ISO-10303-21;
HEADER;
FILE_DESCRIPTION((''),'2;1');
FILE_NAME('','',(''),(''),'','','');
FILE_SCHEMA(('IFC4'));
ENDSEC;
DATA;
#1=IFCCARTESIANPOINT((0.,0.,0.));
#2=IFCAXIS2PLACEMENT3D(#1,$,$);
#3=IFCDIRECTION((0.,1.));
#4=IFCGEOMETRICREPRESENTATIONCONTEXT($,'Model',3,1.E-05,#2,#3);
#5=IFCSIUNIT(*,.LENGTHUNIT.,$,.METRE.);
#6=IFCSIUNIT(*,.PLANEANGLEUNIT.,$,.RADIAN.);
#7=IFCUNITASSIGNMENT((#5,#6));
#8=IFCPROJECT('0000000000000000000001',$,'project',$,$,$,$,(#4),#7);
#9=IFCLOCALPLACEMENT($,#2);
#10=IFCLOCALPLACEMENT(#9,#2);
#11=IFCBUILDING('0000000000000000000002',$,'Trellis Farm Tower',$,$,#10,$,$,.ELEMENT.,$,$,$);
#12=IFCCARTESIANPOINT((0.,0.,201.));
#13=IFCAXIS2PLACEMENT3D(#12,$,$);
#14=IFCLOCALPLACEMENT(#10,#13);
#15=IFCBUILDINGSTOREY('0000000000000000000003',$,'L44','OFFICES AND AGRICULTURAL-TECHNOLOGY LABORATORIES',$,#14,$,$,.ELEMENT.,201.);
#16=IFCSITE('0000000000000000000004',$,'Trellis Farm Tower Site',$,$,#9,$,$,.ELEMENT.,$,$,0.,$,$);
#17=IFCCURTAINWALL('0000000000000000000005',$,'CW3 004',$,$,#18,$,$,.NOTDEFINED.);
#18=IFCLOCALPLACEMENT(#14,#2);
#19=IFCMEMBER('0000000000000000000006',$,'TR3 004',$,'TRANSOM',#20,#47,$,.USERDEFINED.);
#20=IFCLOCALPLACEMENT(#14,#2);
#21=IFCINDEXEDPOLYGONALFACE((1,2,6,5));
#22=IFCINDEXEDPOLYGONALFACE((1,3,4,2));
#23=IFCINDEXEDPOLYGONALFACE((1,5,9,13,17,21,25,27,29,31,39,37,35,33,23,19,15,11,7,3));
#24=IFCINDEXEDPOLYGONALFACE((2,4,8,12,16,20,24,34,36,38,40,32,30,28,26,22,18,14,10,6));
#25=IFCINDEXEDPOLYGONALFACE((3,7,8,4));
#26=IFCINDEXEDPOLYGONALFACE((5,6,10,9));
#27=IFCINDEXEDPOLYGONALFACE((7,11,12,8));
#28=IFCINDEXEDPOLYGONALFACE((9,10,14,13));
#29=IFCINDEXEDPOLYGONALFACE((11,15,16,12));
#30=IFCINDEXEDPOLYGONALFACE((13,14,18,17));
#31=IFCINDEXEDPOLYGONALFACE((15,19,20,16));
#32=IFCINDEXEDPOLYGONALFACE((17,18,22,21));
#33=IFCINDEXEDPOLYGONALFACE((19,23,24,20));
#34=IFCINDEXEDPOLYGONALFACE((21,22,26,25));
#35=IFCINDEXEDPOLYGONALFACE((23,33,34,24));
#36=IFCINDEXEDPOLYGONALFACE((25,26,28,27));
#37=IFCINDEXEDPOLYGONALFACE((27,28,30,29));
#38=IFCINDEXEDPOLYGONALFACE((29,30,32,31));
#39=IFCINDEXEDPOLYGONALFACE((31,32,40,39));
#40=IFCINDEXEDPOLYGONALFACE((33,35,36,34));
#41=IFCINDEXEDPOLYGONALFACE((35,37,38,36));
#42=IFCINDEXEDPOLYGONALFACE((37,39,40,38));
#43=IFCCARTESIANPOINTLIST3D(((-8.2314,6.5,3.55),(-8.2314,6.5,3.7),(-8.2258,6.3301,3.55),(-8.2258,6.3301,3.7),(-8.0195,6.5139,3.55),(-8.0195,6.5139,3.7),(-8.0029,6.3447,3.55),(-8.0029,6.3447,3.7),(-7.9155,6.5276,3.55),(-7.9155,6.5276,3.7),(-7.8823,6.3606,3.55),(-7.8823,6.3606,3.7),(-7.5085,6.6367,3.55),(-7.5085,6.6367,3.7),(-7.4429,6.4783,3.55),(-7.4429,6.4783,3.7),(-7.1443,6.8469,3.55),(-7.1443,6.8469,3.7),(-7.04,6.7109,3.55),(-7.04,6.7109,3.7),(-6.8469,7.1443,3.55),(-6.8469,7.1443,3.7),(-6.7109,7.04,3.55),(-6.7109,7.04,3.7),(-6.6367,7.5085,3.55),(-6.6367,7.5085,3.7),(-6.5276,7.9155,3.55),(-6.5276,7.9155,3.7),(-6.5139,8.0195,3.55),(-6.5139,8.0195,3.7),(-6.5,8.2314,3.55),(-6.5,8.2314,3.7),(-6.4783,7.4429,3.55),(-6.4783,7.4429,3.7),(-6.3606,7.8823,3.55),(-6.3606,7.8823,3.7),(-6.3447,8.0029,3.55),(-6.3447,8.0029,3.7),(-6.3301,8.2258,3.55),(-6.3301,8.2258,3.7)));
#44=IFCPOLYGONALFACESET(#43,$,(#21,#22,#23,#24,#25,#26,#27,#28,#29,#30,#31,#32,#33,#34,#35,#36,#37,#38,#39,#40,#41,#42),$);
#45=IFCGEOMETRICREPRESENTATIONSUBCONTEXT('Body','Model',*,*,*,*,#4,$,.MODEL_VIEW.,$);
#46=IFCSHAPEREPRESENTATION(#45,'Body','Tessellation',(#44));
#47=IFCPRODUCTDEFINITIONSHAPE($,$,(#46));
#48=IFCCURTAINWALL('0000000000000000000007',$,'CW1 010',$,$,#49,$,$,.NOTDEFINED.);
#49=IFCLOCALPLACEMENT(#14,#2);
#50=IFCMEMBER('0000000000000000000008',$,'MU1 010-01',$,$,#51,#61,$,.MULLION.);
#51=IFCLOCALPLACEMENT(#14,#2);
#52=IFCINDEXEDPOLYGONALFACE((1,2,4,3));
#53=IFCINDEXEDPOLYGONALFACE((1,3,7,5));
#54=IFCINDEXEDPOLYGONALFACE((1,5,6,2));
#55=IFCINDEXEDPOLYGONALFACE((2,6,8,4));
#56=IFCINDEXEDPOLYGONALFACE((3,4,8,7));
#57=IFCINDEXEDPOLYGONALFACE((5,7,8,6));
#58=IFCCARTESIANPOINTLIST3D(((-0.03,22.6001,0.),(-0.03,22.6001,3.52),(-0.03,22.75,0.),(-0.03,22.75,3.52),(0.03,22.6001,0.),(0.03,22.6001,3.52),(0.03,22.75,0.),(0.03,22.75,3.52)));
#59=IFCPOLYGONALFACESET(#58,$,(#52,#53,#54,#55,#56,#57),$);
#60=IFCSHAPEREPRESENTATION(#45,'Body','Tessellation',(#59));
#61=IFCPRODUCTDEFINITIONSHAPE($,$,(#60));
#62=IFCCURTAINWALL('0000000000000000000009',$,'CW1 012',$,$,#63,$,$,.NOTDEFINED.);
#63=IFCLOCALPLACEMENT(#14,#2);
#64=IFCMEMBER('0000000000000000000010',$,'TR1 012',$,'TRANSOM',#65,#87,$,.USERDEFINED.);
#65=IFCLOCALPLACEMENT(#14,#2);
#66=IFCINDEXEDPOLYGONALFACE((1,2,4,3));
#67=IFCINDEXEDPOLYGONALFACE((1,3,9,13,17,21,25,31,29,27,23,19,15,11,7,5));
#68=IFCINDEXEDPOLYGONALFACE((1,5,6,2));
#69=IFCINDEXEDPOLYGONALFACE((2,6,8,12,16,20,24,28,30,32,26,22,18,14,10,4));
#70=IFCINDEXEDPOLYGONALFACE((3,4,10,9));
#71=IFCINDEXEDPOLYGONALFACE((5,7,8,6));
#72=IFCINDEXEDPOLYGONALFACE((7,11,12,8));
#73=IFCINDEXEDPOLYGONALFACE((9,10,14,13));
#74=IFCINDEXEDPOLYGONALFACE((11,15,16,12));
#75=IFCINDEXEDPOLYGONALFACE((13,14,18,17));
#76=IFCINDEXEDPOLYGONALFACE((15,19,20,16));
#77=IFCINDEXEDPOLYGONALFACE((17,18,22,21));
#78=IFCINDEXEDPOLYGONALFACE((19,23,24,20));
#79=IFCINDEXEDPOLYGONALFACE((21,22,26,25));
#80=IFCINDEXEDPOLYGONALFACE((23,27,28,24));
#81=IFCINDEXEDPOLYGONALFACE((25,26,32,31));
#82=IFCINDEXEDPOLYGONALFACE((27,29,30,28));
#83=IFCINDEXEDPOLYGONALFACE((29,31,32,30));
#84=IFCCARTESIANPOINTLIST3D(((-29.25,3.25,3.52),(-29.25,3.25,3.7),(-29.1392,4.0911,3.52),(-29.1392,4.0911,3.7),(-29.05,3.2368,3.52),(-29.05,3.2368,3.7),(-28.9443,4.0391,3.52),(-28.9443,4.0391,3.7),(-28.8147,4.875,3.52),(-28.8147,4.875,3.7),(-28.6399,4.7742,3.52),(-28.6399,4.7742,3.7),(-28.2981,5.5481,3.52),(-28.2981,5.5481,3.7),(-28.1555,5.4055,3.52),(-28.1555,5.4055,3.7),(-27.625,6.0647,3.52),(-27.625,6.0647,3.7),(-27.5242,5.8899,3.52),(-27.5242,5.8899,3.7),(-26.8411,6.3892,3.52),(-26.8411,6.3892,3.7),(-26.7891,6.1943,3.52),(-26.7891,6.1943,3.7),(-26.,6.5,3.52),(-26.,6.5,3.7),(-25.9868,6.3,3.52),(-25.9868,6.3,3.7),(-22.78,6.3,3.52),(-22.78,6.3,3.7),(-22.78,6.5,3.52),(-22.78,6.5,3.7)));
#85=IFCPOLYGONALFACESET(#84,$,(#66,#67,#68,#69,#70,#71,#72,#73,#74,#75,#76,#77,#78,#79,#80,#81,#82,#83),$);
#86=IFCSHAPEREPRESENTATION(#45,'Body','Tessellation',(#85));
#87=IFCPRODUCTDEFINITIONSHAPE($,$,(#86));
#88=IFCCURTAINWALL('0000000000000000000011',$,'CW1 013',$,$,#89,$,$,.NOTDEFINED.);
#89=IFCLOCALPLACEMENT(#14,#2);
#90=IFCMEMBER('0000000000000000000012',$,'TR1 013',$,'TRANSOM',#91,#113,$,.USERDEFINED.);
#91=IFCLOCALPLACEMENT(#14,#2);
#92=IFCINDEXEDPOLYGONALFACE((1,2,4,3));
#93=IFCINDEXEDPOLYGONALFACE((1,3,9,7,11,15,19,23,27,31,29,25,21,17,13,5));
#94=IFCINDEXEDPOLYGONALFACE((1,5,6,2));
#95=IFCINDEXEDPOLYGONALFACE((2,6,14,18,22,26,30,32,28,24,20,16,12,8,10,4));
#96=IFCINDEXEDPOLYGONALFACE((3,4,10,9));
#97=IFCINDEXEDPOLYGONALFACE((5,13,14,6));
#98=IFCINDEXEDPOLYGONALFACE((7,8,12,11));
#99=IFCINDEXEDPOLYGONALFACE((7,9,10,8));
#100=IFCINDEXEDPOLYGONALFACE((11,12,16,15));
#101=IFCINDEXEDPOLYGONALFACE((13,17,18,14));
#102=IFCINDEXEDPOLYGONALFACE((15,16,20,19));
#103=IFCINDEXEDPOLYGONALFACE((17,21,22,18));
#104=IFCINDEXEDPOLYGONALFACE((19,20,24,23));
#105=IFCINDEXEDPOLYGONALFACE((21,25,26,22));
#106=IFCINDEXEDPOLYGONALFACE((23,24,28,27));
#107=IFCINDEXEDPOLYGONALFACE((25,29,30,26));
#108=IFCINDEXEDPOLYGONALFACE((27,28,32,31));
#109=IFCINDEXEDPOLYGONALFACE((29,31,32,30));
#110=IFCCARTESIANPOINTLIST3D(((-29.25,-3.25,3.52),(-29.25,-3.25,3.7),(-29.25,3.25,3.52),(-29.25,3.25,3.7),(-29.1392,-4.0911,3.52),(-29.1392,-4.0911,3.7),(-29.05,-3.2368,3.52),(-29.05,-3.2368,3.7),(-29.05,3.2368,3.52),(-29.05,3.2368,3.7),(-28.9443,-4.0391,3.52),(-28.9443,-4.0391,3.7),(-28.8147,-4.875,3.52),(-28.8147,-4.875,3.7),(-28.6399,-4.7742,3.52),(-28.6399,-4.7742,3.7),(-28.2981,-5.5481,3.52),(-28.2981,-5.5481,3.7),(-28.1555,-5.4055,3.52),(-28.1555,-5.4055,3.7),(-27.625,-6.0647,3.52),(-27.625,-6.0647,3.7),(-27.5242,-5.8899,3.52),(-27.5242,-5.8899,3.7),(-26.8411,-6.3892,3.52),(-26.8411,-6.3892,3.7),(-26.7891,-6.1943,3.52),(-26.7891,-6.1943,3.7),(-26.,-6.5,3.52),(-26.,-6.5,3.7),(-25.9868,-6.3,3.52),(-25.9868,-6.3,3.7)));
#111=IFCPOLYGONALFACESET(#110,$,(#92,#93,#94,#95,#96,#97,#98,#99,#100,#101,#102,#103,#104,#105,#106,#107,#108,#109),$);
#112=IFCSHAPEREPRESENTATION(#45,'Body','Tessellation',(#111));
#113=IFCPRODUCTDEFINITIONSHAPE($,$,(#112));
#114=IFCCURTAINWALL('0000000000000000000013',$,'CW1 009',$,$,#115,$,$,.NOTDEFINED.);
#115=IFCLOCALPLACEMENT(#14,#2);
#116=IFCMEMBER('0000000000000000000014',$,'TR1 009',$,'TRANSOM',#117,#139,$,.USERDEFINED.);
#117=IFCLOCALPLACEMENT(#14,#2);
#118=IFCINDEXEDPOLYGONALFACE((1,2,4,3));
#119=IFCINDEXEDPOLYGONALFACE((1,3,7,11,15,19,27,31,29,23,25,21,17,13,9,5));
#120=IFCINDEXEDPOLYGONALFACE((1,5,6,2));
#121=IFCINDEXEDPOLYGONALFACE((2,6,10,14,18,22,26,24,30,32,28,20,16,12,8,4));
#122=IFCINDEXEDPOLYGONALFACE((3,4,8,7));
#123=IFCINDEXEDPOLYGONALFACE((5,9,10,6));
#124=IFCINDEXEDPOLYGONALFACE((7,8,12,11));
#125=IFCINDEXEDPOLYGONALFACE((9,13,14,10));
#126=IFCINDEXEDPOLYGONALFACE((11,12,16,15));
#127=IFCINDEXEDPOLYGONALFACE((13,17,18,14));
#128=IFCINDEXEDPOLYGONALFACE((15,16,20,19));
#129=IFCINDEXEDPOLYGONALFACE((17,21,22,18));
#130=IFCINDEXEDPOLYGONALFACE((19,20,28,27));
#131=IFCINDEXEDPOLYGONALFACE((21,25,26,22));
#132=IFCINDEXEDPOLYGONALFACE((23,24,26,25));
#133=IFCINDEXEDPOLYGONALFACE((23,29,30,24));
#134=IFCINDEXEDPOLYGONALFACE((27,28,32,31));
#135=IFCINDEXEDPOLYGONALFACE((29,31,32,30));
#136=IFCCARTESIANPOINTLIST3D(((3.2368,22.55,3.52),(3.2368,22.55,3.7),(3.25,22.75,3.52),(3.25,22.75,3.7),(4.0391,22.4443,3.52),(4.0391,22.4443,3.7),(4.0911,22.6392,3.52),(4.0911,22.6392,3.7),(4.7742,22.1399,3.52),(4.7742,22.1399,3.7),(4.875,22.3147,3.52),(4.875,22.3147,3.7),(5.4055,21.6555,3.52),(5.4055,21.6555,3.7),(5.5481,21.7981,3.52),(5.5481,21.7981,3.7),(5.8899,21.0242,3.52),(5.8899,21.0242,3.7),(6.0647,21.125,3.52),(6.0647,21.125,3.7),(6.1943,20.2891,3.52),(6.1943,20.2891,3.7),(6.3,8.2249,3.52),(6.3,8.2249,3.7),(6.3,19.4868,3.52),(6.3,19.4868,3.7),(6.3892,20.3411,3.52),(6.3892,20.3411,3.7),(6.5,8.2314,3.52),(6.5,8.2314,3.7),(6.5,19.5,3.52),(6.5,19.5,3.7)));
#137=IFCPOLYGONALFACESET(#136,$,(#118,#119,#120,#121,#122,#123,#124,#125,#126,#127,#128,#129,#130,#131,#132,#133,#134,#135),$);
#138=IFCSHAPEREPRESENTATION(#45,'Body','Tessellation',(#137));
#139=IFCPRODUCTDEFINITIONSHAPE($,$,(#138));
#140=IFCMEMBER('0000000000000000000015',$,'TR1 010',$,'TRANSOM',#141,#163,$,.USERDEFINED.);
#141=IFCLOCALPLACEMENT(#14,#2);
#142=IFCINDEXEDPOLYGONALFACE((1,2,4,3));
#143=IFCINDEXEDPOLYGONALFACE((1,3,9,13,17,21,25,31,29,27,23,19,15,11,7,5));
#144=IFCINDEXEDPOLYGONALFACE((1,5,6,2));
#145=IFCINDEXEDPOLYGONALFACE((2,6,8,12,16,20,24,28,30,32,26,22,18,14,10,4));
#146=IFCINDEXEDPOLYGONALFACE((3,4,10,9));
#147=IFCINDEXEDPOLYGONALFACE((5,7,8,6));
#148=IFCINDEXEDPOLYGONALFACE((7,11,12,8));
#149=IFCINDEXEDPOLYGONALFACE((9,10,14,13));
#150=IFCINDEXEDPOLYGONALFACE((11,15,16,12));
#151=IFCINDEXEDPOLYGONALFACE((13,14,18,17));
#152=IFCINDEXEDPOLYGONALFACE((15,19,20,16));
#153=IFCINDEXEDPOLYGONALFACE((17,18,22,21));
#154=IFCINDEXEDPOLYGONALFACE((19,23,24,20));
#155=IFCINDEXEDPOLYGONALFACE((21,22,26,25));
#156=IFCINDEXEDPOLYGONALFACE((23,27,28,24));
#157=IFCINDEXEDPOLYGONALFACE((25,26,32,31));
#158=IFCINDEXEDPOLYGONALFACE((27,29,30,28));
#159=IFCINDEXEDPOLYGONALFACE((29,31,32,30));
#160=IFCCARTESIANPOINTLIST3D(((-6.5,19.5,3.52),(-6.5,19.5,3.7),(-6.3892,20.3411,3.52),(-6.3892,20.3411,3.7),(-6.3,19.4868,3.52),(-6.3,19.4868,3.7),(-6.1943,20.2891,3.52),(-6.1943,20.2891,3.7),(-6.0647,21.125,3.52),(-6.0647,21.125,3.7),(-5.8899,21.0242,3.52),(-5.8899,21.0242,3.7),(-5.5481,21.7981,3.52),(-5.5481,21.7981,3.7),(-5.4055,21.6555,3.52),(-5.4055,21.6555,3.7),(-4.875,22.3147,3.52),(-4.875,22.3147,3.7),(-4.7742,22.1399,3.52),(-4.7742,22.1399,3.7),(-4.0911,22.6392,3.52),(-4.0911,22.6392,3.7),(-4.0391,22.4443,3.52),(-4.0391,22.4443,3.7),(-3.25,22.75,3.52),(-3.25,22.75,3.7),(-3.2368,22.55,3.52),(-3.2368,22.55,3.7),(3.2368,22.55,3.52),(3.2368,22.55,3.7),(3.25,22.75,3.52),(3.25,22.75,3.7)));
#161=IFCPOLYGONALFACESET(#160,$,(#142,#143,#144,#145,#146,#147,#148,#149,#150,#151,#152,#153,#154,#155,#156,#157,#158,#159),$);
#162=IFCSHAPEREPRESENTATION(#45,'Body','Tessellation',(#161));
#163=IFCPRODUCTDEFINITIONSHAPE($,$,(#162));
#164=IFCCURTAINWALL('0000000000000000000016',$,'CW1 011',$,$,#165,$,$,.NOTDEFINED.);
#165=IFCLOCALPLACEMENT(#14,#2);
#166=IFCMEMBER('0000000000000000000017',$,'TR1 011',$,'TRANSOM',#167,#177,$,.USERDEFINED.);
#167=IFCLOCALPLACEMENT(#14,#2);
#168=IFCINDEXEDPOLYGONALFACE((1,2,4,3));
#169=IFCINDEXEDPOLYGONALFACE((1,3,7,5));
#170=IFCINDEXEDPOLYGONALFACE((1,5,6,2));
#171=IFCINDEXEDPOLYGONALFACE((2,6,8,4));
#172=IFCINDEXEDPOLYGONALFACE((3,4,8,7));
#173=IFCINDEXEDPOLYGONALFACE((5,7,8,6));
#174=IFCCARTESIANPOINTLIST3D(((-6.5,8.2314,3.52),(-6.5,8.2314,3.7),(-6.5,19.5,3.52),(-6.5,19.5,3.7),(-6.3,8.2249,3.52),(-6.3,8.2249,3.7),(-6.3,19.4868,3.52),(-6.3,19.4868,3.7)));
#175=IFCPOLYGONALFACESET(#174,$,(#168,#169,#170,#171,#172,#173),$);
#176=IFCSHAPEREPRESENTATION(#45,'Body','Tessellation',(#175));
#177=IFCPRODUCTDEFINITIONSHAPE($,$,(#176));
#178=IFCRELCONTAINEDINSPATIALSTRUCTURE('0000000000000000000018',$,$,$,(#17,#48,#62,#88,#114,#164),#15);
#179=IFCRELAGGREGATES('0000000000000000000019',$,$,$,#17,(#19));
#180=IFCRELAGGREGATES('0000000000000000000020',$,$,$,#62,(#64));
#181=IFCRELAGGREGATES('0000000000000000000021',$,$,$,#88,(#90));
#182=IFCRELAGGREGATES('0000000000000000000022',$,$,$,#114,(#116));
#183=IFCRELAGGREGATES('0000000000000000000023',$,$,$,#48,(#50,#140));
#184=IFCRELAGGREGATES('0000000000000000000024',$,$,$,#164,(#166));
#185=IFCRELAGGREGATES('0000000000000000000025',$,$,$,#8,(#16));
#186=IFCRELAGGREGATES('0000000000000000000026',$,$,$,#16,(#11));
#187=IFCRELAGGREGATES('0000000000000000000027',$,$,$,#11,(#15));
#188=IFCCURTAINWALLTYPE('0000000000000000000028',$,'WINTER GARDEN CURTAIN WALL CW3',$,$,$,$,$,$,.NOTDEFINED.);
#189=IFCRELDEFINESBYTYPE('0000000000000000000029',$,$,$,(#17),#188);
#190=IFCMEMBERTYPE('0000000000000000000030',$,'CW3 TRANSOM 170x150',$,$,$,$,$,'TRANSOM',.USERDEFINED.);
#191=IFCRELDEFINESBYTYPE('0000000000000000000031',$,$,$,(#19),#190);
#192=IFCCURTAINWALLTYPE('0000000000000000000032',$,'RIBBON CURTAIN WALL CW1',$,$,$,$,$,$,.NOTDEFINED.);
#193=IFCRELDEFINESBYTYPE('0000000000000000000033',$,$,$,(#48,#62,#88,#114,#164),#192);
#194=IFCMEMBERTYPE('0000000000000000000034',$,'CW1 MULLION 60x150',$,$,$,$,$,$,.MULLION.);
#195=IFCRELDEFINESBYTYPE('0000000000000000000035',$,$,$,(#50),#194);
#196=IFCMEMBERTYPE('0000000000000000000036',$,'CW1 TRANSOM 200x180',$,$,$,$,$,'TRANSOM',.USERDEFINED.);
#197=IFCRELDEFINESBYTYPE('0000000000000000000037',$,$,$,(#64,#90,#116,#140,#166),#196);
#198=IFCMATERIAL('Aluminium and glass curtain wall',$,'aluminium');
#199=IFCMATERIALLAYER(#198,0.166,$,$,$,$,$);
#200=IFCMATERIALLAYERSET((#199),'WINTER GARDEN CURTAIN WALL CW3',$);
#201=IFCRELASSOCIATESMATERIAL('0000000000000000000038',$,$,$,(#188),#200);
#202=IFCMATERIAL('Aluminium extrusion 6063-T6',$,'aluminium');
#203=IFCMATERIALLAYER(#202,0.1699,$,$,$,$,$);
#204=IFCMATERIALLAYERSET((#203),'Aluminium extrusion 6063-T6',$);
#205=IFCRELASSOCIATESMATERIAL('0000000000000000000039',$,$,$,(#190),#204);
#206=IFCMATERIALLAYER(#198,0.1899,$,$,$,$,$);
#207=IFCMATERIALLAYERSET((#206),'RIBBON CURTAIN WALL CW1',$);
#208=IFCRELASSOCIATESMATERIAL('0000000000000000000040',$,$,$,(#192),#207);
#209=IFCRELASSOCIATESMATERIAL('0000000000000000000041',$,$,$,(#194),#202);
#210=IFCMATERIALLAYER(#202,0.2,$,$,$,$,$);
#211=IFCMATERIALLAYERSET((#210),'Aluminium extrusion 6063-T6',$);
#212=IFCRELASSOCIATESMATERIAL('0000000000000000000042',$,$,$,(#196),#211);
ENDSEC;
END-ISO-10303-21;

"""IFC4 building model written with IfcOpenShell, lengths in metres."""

from ifc_helpers import new_model, si_unit, direction, frame, origin, origin_2d, place, context, subcontext, project, spatial, polyline, rectangle, outline, extrude, source, transform, mapped, material, layer, layer_set, material_profile, profile_set, type_object, element, aggregate, save


model = new_model("IFC4")

# Units and contexts
model_context = context("Model", 3, precision=1e-05, world=origin(), true_north=direction((0.0, 1.0)))
body_context = subcontext(model_context, "Body", "Model", "MODEL_VIEW")
ifc_project = project(units=[si_unit("LENGTHUNIT", "METRE"), si_unit("PLANEANGLEUNIT", "RADIAN")], contexts=[model_context])

# Site, building, storey
site_placement = place(None, origin())
site = spatial("IfcSite", under=ifc_project, at=site_placement, Name="Trellis Farm Tower Site", CompositionType="ELEMENT", RefElevation=0.0)
building_placement = place(site_placement, origin())
building = spatial("IfcBuilding", under=site, at=building_placement, Name="Trellis Farm Tower", CompositionType="ELEMENT")
storey_placement = place(building_placement, frame((0.0, 0.0, 201.0)))
storey = spatial("IfcBuildingStorey", under=building, at=storey_placement, Name="L44", Description="OFFICES AND AGRICULTURAL-TECHNOLOGY LABORATORIES", CompositionType="ELEMENT", Elevation=201.0)

# Curtain walls, members
ifc_material_1 = material(Name="Aluminium and glass curtain wall", Category="aluminium")
ifc_layer_1 = layer(ifc_material_1, 0.166)
ifc_layer_set_1 = layer_set([ifc_layer_1], Name="WINTER GARDEN CURTAIN WALL CW3")
curtain_wall_type_1 = type_object("IfcCurtainWallType", Name="WINTER GARDEN CURTAIN WALL CW3", PredefinedType="NOTDEFINED", material=ifc_layer_set_1)
placement_1 = place(storey_placement, origin())
curtain_wall_1 = element("IfcCurtainWall", 1, at=placement_1, inside=storey, type_object=curtain_wall_type_1, Name="CW3 004", PredefinedType="NOTDEFINED")
ifc_material_2 = material(Name="Aluminium extrusion 6063-T6", Category="aluminium")
ifc_layer_2 = layer(ifc_material_2, 0.1699)
ifc_layer_set_2 = layer_set([ifc_layer_2], Name="Aluminium extrusion 6063-T6")
member_type_1 = type_object("IfcMemberType", Name="CW3 TRANSOM 170x150", ElementType="TRANSOM", PredefinedType="USERDEFINED", material=ifc_layer_set_2)
shared_shape_1 = source(origin(), body_context, "Body", "SweptSolid", [
    extrude(outline(polyline([(-6.5, 8.2314), (-6.5139, 8.0195), (-6.5276, 7.9155), (-6.6367, 7.5085), (-6.8469, 7.1443), (-7.1443, 6.8469), (-7.5085, 6.6367), (-7.9155, 6.5276), (-8.0195, 6.5139), (-8.2314, 6.5), (-8.2258, 6.3301), (-8.0029, 6.3447), (-7.8823, 6.3606), (-7.4429, 6.4783), (-7.04, 6.7109), (-6.7109, 7.04), (-6.4783, 7.4429), (-6.3606, 7.8823), (-6.3447, 8.0029), (-6.3301, 8.2258), (-6.5, 8.2314)])), origin(), (0.0, 0.0, 1.0), 0.1499),
])
member_1_placement = place(storey_placement, frame((0.0, 0.0, 3.55)))
member_1 = element("IfcMember", 2, at=member_1_placement, type_object=member_type_1, Name="TR3 004", ObjectType="TRANSOM", PredefinedType="USERDEFINED", context=body_context, shape_type="MappedRepresentation", body=[
    mapped(shared_shape_1, transform((0.0, 0.0, 0.0))),
])
ifc_layer_3 = layer(ifc_material_1, 0.1899)
ifc_layer_set_3 = layer_set([ifc_layer_3], Name="RIBBON CURTAIN WALL CW1")
curtain_wall_type_2 = type_object("IfcCurtainWallType", Name="RIBBON CURTAIN WALL CW1", PredefinedType="NOTDEFINED", material=ifc_layer_set_3)
curtain_wall_2 = element("IfcCurtainWall", 3, at=placement_1, inside=storey, type_object=curtain_wall_type_2, Name="CW1 010", PredefinedType="NOTDEFINED")
ifc_material_profile = material_profile(ifc_material_2, rectangle(XDim=0.0601, YDim=0.1499, at=origin_2d()), Name="MULLION 60x150")
ifc_profile_set = profile_set([ifc_material_profile], Name="Aluminium extrusion 6063-T6")
member_type_2 = type_object("IfcMemberType", Name="CW1 MULLION 60x150", PredefinedType="MULLION", material=ifc_profile_set)
shared_shape_2 = source(origin(), body_context, "Body", "SweptSolid", [
    extrude(rectangle(XDim=0.0601, YDim=0.1499, at=origin_2d()), origin(), (0.0, 0.0, 1.0), 3.52),
])
member_2_placement = place(storey_placement, frame((0.0, 22.675, 0.0), z_axis=(0.0, 0.0, 1.0), x_axis=(-1.0, 0.0, 0.0)))
member_2 = element("IfcMember", 4, at=member_2_placement, type_object=member_type_2, Name="MU1 010-01", PredefinedType="MULLION", context=body_context, shape_type="MappedRepresentation", body=[
    mapped(shared_shape_2, transform((0.0, 0.0, 0.0))),
])
curtain_wall_3 = element("IfcCurtainWall", 5, at=placement_1, inside=storey, type_object=curtain_wall_type_2, Name="CW1 012", PredefinedType="NOTDEFINED")
ifc_layer_4 = layer(ifc_material_2, 0.2)
ifc_layer_set_4 = layer_set([ifc_layer_4], Name="Aluminium extrusion 6063-T6")
member_type_3 = type_object("IfcMemberType", Name="CW1 TRANSOM 200x180", ElementType="TRANSOM", PredefinedType="USERDEFINED", material=ifc_layer_set_4)
shared_shape_3 = source(origin(), body_context, "Body", "SweptSolid", [
    extrude(outline(polyline([(-22.78, 6.5), (-26.0, 6.5), (-26.8411, 6.3892), (-27.625, 6.0647), (-28.2981, 5.5481), (-28.8147, 4.875), (-29.1392, 4.0911), (-29.25, 3.25), (-29.05, 3.2368), (-28.9443, 4.0391), (-28.6399, 4.7742), (-28.1555, 5.4055), (-27.5242, 5.8899), (-26.7891, 6.1943), (-25.9868, 6.3), (-22.78, 6.3), (-22.78, 6.5)])), origin(), (0.0, 0.0, 1.0), 0.1799),
])
placement_2 = place(storey_placement, frame((0.0, 0.0, 3.52)))
member_3 = element("IfcMember", 6, at=placement_2, type_object=member_type_3, Name="TR1 012", ObjectType="TRANSOM", PredefinedType="USERDEFINED", context=body_context, shape_type="MappedRepresentation", body=[
    mapped(shared_shape_3, transform((0.0, 0.0, 0.0))),
])
curtain_wall_4 = element("IfcCurtainWall", 7, at=placement_1, inside=storey, type_object=curtain_wall_type_2, Name="CW1 013", PredefinedType="NOTDEFINED")
shared_shape_4 = source(origin(), body_context, "Body", "SweptSolid", [
    extrude(outline(polyline([(-29.25, 3.25), (-29.25, -3.25), (-29.1392, -4.0911), (-28.8147, -4.875), (-28.2981, -5.5481), (-27.625, -6.0647), (-26.8411, -6.3892), (-26.0, -6.5), (-25.9868, -6.3), (-26.7891, -6.1943), (-27.5242, -5.8899), (-28.1555, -5.4055), (-28.6399, -4.7742), (-28.9443, -4.0391), (-29.05, -3.2368), (-29.05, 3.2368), (-29.25, 3.25)])), origin(), (0.0, 0.0, 1.0), 0.1799),
])
member_4 = element("IfcMember", 8, at=placement_2, type_object=member_type_3, Name="TR1 013", ObjectType="TRANSOM", PredefinedType="USERDEFINED", context=body_context, shape_type="MappedRepresentation", body=[
    mapped(shared_shape_4, transform((0.0, 0.0, 0.0))),
])
curtain_wall_5 = element("IfcCurtainWall", 9, at=placement_1, inside=storey, type_object=curtain_wall_type_2, Name="CW1 009", PredefinedType="NOTDEFINED")
shared_shape_5 = source(origin(), body_context, "Body", "SweptSolid", [
    extrude(outline(polyline([(6.5, 8.2314), (6.5, 19.5), (6.3892, 20.3411), (6.0647, 21.125), (5.5481, 21.7981), (4.875, 22.3147), (4.0911, 22.6392), (3.25, 22.75), (3.2368, 22.55), (4.0391, 22.4443), (4.7742, 22.1399), (5.4055, 21.6555), (5.8899, 21.0242), (6.1943, 20.2891), (6.3, 19.4868), (6.3, 8.2249), (6.5, 8.2314)])), origin(), (0.0, 0.0, 1.0), 0.1799),
])
member_5 = element("IfcMember", 10, at=placement_2, type_object=member_type_3, Name="TR1 009", ObjectType="TRANSOM", PredefinedType="USERDEFINED", context=body_context, shape_type="MappedRepresentation", body=[
    mapped(shared_shape_5, transform((0.0, 0.0, 0.0))),
])

# Member
shared_shape_6 = source(origin(), body_context, "Body", "SweptSolid", [
    extrude(outline(polyline([(3.25, 22.75), (-3.25, 22.75), (-4.0911, 22.6392), (-4.875, 22.3147), (-5.5481, 21.7981), (-6.0647, 21.125), (-6.3892, 20.3411), (-6.5, 19.5), (-6.3, 19.4868), (-6.1943, 20.2891), (-5.8899, 21.0242), (-5.4055, 21.6555), (-4.7742, 22.1399), (-4.0391, 22.4443), (-3.2368, 22.55), (3.2368, 22.55), (3.25, 22.75)])), origin(), (0.0, 0.0, 1.0), 0.1799),
])
member_6 = element("IfcMember", 11, at=placement_2, type_object=member_type_3, Name="TR1 010", ObjectType="TRANSOM", PredefinedType="USERDEFINED", context=body_context, shape_type="MappedRepresentation", body=[
    mapped(shared_shape_6, transform((0.0, 0.0, 0.0))),
])

# Curtain wall, member
curtain_wall_6 = element("IfcCurtainWall", 12, at=placement_1, inside=storey, type_object=curtain_wall_type_2, Name="CW1 011", PredefinedType="NOTDEFINED")
shared_shape_7 = source(origin(), body_context, "Body", "SweptSolid", [
    extrude(outline(polyline([(-6.5, 19.5), (-6.5, 8.2314), (-6.3, 8.2249), (-6.3, 19.4868), (-6.5, 19.5)])), origin(), (0.0, 0.0, 1.0), 0.1799),
])
member_7 = element("IfcMember", 13, at=placement_2, type_object=member_type_3, Name="TR1 011", ObjectType="TRANSOM", PredefinedType="USERDEFINED", context=body_context, shape_type="MappedRepresentation", body=[
    mapped(shared_shape_7, transform((0.0, 0.0, 0.0))),
])

aggregate(curtain_wall_1, [member_1])
aggregate(curtain_wall_3, [member_3])
aggregate(curtain_wall_4, [member_4])
aggregate(curtain_wall_5, [member_5])
aggregate(curtain_wall_2, [member_2, member_6])
aggregate(curtain_wall_6, [member_7])

save(model, "model.ifc")
